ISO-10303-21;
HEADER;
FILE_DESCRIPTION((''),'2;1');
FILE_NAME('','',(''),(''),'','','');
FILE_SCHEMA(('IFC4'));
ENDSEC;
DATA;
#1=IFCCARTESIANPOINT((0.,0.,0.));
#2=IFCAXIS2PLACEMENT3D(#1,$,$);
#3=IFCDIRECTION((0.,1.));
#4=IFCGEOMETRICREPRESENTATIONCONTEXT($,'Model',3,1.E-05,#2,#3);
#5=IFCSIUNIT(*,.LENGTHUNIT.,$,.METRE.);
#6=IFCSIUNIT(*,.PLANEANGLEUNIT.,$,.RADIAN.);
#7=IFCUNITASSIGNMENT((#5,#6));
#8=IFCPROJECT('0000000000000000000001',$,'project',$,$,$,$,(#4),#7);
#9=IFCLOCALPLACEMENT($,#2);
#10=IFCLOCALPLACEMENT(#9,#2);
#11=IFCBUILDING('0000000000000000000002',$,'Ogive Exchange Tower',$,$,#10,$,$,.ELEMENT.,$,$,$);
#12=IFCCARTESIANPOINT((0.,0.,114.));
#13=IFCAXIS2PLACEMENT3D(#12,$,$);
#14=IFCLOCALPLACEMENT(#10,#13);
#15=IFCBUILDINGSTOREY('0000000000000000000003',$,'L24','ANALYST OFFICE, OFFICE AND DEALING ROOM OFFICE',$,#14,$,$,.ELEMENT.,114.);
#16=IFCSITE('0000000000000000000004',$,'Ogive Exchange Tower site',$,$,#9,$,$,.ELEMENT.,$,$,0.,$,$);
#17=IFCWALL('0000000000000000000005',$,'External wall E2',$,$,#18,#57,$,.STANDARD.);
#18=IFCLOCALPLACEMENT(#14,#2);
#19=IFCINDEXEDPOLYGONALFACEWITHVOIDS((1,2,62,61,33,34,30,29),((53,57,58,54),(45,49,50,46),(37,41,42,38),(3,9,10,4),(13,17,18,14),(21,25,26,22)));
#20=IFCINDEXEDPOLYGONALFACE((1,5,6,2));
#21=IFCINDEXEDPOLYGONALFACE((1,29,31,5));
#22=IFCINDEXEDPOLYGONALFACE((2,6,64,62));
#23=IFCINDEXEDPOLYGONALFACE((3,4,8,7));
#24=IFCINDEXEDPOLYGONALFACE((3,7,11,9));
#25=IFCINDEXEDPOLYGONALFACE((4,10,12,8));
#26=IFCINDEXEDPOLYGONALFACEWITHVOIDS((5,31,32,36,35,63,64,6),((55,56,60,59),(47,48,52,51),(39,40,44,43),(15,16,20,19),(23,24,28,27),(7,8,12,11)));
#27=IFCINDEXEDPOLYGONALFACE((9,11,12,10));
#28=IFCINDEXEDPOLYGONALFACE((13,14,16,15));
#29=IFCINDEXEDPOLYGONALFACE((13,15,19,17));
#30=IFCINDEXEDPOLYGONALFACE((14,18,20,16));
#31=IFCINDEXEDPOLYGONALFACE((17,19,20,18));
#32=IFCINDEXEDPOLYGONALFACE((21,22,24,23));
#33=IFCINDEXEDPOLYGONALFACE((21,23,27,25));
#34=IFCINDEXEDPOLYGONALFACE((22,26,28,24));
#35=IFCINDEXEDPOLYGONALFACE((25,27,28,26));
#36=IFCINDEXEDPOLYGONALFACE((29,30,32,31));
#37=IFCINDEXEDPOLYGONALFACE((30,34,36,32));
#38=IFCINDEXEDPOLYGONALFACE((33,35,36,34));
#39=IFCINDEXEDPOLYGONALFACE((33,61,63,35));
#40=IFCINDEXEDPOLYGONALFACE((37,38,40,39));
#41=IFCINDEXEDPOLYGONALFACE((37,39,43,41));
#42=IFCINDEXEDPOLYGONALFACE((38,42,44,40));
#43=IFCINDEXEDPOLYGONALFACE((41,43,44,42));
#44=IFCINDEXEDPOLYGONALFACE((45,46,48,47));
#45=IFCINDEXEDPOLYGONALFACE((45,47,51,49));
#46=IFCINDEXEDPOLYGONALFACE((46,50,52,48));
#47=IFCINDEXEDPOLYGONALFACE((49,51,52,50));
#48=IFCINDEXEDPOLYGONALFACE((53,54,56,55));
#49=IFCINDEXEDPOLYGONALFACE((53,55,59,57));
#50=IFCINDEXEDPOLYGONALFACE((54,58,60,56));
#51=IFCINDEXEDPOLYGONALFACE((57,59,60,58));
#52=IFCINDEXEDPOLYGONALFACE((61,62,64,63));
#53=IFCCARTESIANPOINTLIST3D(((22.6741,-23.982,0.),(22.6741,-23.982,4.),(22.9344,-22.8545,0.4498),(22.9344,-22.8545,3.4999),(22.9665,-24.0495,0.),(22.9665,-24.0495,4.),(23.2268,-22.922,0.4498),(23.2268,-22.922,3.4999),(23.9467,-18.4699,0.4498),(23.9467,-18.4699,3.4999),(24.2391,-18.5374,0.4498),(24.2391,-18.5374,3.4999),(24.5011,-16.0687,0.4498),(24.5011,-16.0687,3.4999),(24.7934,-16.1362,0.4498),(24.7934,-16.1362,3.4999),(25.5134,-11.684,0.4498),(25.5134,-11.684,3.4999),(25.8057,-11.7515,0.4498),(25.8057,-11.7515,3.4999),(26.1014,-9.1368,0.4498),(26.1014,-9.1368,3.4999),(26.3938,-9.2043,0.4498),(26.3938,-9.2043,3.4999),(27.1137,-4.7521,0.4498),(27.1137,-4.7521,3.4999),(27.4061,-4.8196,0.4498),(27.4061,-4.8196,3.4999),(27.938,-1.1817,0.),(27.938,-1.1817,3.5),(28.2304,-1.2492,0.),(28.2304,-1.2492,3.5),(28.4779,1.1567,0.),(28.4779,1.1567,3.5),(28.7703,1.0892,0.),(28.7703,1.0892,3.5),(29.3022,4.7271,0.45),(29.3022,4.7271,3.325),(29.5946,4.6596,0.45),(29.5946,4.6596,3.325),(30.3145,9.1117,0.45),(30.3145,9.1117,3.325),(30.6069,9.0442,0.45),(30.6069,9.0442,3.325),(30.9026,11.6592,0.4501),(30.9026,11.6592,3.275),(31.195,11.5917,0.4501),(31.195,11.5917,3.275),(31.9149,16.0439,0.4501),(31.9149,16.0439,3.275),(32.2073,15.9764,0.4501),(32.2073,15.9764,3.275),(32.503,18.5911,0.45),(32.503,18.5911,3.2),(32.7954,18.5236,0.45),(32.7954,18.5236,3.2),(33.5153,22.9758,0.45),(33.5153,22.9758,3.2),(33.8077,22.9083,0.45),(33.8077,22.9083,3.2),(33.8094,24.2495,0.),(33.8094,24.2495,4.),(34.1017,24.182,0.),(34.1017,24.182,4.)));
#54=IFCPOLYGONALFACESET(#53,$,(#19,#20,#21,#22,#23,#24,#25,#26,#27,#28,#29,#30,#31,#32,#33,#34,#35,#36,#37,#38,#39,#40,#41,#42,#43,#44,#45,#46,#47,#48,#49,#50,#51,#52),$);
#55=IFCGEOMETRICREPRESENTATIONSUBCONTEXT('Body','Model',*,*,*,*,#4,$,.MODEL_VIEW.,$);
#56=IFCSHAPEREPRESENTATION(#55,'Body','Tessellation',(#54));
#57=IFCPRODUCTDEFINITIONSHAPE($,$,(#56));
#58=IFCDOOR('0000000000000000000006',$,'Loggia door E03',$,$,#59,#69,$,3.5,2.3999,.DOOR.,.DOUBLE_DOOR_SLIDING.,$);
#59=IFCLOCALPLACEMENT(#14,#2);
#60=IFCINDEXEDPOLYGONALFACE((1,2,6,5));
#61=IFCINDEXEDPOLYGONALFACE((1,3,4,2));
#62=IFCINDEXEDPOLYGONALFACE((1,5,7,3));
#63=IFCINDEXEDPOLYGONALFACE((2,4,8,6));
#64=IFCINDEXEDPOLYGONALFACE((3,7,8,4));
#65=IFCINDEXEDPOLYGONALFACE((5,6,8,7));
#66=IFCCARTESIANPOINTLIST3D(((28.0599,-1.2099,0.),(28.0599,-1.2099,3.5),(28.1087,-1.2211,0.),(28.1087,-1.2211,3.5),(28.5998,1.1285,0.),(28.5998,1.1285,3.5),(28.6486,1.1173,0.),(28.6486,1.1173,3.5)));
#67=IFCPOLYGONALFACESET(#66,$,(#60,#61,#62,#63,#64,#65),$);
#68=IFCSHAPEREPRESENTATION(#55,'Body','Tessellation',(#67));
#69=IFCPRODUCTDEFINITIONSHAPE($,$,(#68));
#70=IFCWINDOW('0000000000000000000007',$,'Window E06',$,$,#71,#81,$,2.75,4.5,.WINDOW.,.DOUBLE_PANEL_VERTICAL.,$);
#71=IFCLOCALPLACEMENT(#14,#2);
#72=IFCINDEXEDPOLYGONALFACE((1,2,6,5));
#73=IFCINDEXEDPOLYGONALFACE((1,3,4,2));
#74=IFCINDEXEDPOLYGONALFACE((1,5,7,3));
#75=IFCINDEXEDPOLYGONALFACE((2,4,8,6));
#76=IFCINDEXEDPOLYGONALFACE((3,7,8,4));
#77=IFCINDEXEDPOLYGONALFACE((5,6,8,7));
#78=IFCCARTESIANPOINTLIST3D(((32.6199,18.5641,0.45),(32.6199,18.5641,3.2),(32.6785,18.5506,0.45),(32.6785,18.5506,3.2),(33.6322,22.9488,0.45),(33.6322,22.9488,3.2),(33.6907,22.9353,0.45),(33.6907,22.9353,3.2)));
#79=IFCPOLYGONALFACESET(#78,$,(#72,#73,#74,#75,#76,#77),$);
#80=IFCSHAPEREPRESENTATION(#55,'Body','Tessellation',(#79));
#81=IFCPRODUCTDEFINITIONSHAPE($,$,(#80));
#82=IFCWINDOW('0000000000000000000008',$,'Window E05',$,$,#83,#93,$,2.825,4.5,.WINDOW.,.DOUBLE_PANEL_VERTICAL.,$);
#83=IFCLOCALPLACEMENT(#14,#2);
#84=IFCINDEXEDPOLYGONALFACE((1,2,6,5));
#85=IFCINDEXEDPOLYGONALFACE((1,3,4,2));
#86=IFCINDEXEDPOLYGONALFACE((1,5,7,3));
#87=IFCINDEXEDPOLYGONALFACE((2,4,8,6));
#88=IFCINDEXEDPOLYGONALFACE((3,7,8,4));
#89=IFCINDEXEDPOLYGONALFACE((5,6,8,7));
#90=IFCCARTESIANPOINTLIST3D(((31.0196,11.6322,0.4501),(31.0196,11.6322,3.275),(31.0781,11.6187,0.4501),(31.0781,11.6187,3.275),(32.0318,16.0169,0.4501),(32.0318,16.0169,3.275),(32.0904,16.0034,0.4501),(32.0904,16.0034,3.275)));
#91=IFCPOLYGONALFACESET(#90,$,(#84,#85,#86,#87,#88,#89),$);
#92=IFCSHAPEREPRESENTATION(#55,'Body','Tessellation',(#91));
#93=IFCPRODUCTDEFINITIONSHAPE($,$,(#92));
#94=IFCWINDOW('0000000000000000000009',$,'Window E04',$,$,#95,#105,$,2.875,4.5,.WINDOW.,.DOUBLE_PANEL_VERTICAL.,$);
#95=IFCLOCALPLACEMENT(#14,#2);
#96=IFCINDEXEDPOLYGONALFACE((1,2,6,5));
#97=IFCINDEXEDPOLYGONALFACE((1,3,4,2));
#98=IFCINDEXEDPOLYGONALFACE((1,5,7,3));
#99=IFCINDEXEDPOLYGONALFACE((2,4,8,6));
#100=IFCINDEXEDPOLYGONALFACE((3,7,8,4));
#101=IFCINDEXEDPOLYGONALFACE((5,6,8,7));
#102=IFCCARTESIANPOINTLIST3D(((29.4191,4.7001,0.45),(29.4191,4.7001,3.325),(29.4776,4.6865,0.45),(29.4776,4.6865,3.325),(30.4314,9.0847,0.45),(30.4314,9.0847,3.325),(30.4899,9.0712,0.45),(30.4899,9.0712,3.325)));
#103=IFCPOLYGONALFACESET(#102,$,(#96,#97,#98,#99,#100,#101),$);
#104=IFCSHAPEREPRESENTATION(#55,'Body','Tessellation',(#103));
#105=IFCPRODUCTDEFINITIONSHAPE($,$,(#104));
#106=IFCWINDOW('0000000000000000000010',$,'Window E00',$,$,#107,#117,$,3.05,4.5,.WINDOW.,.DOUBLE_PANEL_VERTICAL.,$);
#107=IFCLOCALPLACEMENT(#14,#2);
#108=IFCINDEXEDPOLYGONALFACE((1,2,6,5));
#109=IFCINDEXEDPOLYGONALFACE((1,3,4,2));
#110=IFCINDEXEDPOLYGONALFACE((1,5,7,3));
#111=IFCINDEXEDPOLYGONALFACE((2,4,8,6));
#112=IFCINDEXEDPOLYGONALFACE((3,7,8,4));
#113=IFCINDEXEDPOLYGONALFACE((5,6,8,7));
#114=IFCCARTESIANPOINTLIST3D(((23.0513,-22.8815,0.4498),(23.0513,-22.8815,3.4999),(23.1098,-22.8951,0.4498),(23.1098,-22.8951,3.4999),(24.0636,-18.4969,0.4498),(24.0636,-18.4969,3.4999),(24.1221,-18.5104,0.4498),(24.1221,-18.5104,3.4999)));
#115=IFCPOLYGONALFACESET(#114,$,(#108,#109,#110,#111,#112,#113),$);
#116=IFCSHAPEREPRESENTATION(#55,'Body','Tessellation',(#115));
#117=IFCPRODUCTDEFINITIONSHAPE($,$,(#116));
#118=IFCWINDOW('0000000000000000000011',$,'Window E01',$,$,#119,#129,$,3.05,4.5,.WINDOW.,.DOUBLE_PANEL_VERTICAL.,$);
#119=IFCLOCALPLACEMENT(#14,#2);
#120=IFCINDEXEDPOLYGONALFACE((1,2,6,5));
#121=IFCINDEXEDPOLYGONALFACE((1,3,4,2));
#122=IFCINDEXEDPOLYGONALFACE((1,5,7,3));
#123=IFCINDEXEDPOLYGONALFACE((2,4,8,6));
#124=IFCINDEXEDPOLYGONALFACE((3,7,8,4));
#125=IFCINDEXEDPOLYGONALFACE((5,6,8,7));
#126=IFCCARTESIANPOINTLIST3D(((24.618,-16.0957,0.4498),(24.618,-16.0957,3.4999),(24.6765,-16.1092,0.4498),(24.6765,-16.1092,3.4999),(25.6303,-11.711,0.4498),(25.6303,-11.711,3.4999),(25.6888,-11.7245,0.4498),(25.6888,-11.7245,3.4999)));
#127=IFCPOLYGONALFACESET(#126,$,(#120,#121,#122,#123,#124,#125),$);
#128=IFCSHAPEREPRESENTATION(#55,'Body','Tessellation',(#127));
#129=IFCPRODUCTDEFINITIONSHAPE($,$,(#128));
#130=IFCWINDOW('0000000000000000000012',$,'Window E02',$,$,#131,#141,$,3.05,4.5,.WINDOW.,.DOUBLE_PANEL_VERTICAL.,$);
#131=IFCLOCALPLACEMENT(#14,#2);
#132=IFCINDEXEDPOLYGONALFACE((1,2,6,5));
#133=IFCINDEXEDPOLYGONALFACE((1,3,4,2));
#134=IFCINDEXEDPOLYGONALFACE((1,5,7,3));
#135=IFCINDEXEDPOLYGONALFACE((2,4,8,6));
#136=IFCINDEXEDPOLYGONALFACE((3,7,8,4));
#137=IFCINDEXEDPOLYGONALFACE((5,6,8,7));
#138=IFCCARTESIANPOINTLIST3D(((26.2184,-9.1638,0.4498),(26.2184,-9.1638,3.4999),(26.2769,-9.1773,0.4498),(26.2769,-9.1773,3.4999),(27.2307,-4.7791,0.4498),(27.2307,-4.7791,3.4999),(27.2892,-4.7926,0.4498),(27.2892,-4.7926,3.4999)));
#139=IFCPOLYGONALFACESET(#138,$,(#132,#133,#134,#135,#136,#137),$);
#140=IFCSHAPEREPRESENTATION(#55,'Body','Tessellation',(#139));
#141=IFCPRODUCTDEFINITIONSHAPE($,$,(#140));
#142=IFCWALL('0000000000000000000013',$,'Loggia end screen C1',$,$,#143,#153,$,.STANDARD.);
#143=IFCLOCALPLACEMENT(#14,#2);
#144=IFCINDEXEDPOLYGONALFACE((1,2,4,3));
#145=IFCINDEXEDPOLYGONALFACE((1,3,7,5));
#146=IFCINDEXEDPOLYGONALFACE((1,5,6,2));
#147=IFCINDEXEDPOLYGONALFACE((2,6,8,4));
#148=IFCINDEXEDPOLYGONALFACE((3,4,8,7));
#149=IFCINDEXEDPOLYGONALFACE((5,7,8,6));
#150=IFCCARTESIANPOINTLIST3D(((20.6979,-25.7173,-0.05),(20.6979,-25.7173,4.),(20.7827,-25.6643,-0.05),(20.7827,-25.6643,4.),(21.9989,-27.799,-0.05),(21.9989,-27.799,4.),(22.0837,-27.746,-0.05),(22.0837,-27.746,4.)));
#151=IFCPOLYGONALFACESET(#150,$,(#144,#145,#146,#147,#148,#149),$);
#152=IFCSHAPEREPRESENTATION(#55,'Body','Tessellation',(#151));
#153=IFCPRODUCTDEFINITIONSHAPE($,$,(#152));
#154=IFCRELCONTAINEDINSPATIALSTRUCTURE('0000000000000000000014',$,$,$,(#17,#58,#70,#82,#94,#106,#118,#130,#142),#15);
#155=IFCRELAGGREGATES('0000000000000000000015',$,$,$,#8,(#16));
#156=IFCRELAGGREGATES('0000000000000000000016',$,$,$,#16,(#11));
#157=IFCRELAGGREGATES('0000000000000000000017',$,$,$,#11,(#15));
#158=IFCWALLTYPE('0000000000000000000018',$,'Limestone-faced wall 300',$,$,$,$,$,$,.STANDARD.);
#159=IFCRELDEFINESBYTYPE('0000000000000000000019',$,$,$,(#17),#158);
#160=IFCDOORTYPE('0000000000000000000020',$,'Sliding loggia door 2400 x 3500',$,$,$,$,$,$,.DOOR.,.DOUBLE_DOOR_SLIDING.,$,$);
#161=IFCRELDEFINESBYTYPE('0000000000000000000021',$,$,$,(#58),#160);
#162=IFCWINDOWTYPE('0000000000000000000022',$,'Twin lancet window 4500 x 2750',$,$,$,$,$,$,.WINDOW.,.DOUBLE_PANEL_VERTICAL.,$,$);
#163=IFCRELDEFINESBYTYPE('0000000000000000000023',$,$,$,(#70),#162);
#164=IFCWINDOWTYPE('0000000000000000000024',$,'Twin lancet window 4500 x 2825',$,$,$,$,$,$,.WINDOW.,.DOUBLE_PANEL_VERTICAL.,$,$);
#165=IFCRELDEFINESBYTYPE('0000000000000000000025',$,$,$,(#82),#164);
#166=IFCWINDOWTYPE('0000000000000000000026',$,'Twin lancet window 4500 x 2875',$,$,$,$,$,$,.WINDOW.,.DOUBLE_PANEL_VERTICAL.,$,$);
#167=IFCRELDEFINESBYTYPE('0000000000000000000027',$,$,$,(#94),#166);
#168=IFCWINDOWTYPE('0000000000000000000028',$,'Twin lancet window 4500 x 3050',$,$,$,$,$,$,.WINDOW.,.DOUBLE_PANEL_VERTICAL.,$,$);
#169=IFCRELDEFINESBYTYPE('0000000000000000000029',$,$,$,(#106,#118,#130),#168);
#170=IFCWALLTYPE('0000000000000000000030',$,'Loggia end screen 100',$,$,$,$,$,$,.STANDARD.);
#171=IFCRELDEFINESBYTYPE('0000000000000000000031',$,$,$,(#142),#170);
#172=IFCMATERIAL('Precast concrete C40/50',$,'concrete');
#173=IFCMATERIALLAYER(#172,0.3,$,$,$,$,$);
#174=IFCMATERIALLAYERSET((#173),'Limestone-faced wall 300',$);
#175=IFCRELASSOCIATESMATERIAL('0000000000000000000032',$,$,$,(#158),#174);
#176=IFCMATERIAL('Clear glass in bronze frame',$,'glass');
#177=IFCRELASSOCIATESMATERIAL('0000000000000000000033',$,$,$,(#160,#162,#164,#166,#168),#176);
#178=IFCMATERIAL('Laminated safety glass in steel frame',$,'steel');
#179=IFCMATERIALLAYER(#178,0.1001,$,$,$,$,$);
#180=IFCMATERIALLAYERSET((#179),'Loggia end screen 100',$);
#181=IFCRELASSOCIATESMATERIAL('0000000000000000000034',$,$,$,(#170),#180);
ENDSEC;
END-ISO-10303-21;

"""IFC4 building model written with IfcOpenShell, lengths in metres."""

from ifc_helpers import new_model, si_unit, direction, frame, frame_2d, origin, place, context, subcontext, project, spatial, rectangle, extrude, material, layer, layer_set, type_object, element, fill, save


model = new_model("IFC4")

# Units and contexts
model_context = context("Model", 3, precision=1e-05, world=origin(), true_north=direction((0.0, 1.0)))
body_context = subcontext(model_context, "Body", "Model", "MODEL_VIEW")
ifc_project = project(units=[si_unit("LENGTHUNIT", "METRE"), si_unit("PLANEANGLEUNIT", "RADIAN")], contexts=[model_context])

# Site, building, storey
site_placement = place(None, origin())
site = spatial("IfcSite", under=ifc_project, at=site_placement, Name="Ogive Exchange Tower site", CompositionType="ELEMENT", RefElevation=0.0)
building_placement = place(site_placement, origin())
building = spatial("IfcBuilding", under=site, at=building_placement, Name="Ogive Exchange Tower", CompositionType="ELEMENT")
storey_placement = place(building_placement, frame((0.0, 0.0, 114.0)))
storey = spatial("IfcBuildingStorey", under=building, at=storey_placement, Name="L24", Description="ANALYST OFFICE, OFFICE AND DEALING ROOM OFFICE", CompositionType="ELEMENT", Elevation=114.0)

# Wall, openings, door, windows
ifc_material_1 = material(Name="Precast concrete C40/50", Category="concrete")
ifc_layer_1 = layer(ifc_material_1, 0.3)
ifc_layer_set_1 = layer_set([ifc_layer_1], Name="Limestone-faced wall 300")
wall_type_1 = type_object("IfcWallType", Name="Limestone-faced wall 300", PredefinedType="STANDARD", material=ifc_layer_set_1)
wall_1_placement = place(storey_placement, frame((22.8203, -24.0156, 0.0), z_axis=(0.0, 0.0, 1.0), x_axis=(0.224954, 0.974369, 0.0)))
wall_1 = element("IfcWall", 1, at=wall_1_placement, inside=storey, type_object=wall_type_1, Name="External wall E2", PredefinedType="STANDARD", context=body_context, shape_type="SweptSolid", body=[
    extrude(rectangle(XDim=49.5002, YDim=0.3, at=frame_2d((24.75, 0.0))), origin(), (0.0, 0.0, 1.0), 4.0),
])
opening_1_placement = place(wall_1_placement, frame((1.157, 0.0, 0.45)))
opening_1 = element("IfcOpeningElement", 2, at=opening_1_placement, cuts=wall_1, PredefinedType="OPENING", context=body_context, shape_type="SweptSolid", body=[
    extrude(rectangle(XDim=4.5, YDim=3.05, at=frame_2d((2.25, 1.5249))), frame((0.0, 0.1599, 0.0), z_axis=(0.0, -1.0, 0.0), x_axis=(1.0, 0.0, 0.0)), (0.0, 0.0, 1.0), 0.3201),
])
opening_2_placement = place(wall_1_placement, frame((8.1213, 0.0, 0.45)))
opening_2 = element("IfcOpeningElement", 3, at=opening_2_placement, cuts=wall_1, PredefinedType="OPENING", context=body_context, shape_type="SweptSolid", body=[
    extrude(rectangle(XDim=4.5, YDim=3.05, at=frame_2d((2.25, 1.5249))), frame((0.0, 0.1599, 0.0), z_axis=(0.0, -1.0, 0.0), x_axis=(1.0, 0.0, 0.0)), (0.0, 0.0, 1.0), 0.3201),
])
opening_3_placement = place(wall_1_placement, frame((15.2356, 0.0, 0.45)))
opening_3 = element("IfcOpeningElement", 4, at=opening_3_placement, cuts=wall_1, PredefinedType="OPENING", context=body_context, shape_type="SweptSolid", body=[
    extrude(rectangle(XDim=4.5, YDim=3.05, at=frame_2d((2.25, 1.5249))), frame((0.0, 0.1599, 0.0), z_axis=(0.0, -1.0, 0.0), x_axis=(1.0, 0.0, 0.0)), (0.0, 0.0, 1.0), 0.3201),
])
opening_4_placement = place(wall_1_placement, frame((23.3999, 0.0, 0.0)))
opening_4 = element("IfcOpeningElement", 5, at=opening_4_placement, cuts=wall_1, PredefinedType="OPENING", context=body_context, shape_type="SweptSolid", body=[
    extrude(rectangle(XDim=2.3999, YDim=3.5, at=frame_2d((1.2, 1.75))), frame((0.0, 0.1599, 0.0), z_axis=(0.0, -1.0, 0.0), x_axis=(1.0, 0.0, 0.0)), (0.0, 0.0, 1.0), 0.3201),
])
opening_5_placement = place(wall_1_placement, frame((29.4641, 0.0, 0.45)))
opening_5 = element("IfcOpeningElement", 6, at=opening_5_placement, cuts=wall_1, PredefinedType="OPENING", context=body_context, shape_type="SweptSolid", body=[
    extrude(rectangle(XDim=4.5, YDim=2.875, at=frame_2d((2.25, 1.4375))), frame((0.0, 0.1599, 0.0), z_axis=(0.0, -1.0, 0.0), x_axis=(1.0, 0.0, 0.0)), (0.0, 0.0, 1.0), 0.3201),
])
opening_6_placement = place(wall_1_placement, frame((36.5786, 0.0, 0.45)))
opening_6 = element("IfcOpeningElement", 7, at=opening_6_placement, cuts=wall_1, PredefinedType="OPENING", context=body_context, shape_type="SweptSolid", body=[
    extrude(rectangle(XDim=4.5, YDim=2.825, at=frame_2d((2.25, 1.4126))), frame((0.0, 0.1599, 0.0), z_axis=(0.0, -1.0, 0.0), x_axis=(1.0, 0.0, 0.0)), (0.0, 0.0, 1.0), 0.3201),
])
opening_7_placement = place(wall_1_placement, frame((43.6929, 0.0, 0.45)))
opening_7 = element("IfcOpeningElement", 8, at=opening_7_placement, cuts=wall_1, PredefinedType="OPENING", context=body_context, shape_type="SweptSolid", body=[
    extrude(rectangle(XDim=4.5, YDim=2.75, at=frame_2d((2.25, 1.375))), frame((0.0, 0.1599, 0.0), z_axis=(0.0, -1.0, 0.0), x_axis=(1.0, 0.0, 0.0)), (0.0, 0.0, 1.0), 0.3201),
])
ifc_material_2 = material(Name="Clear glass in bronze frame", Category="glass")
door_type_1 = type_object("IfcDoorType", Name="Sliding loggia door 2400 x 3500", OperationType="DOUBLE_DOOR_SLIDING", PredefinedType="DOOR", material=ifc_material_2)
door_1_placement = place(opening_4_placement, origin())
door_1 = element("IfcDoor", 9, at=door_1_placement, inside=storey, type_object=door_type_1, Name="Loggia door E03", OperationType="DOUBLE_DOOR_SLIDING", OverallHeight=3.5, OverallWidth=2.3999, PredefinedType="DOOR", context=body_context, shape_type="SweptSolid", body=[
    extrude(rectangle(XDim=2.3999, YDim=3.5, at=frame_2d((1.2, 1.75))), frame((0.0, 0.0249, 0.0), z_axis=(0.0, -1.0, 0.0), x_axis=(1.0, 0.0, 0.0)), (0.0, 0.0, 1.0), 0.05),
])
fill(opening_4, door_1)
window_type_1 = type_object("IfcWindowType", Name="Twin lancet window 4500 x 2750", PartitioningType="DOUBLE_PANEL_VERTICAL", PredefinedType="WINDOW", material=ifc_material_2)
window_1_placement = place(opening_7_placement, origin())
window_1 = element("IfcWindow", 10, at=window_1_placement, inside=storey, type_object=window_type_1, Name="Window E06", OverallHeight=2.75, OverallWidth=4.5, PartitioningType="DOUBLE_PANEL_VERTICAL", PredefinedType="WINDOW", context=body_context, shape_type="SweptSolid", body=[
    extrude(rectangle(XDim=4.5, YDim=2.75, at=frame_2d((2.25, 1.375))), frame((0.0, 0.03, 0.0), z_axis=(0.0, -1.0, 0.0), x_axis=(1.0, 0.0, 0.0)), (0.0, 0.0, 1.0), 0.0601),
])
fill(opening_7, window_1)
window_type_2 = type_object("IfcWindowType", Name="Twin lancet window 4500 x 2825", PartitioningType="DOUBLE_PANEL_VERTICAL", PredefinedType="WINDOW", material=ifc_material_2)
window_2_placement = place(opening_6_placement, origin())
window_2 = element("IfcWindow", 11, at=window_2_placement, inside=storey, type_object=window_type_2, Name="Window E05", OverallHeight=2.825, OverallWidth=4.5, PartitioningType="DOUBLE_PANEL_VERTICAL", PredefinedType="WINDOW", context=body_context, shape_type="SweptSolid", body=[
    extrude(rectangle(XDim=4.5, YDim=2.825, at=frame_2d((2.25, 1.4126))), frame((0.0, 0.03, 0.0), z_axis=(0.0, -1.0, 0.0), x_axis=(1.0, 0.0, 0.0)), (0.0, 0.0, 1.0), 0.0601),
])
fill(opening_6, window_2)
window_type_3 = type_object("IfcWindowType", Name="Twin lancet window 4500 x 2875", PartitioningType="DOUBLE_PANEL_VERTICAL", PredefinedType="WINDOW", material=ifc_material_2)
window_3_placement = place(opening_5_placement, origin())
window_3 = element("IfcWindow", 12, at=window_3_placement, inside=storey, type_object=window_type_3, Name="Window E04", OverallHeight=2.875, OverallWidth=4.5, PartitioningType="DOUBLE_PANEL_VERTICAL", PredefinedType="WINDOW", context=body_context, shape_type="SweptSolid", body=[
    extrude(rectangle(XDim=4.5, YDim=2.875, at=frame_2d((2.25, 1.4375))), frame((0.0, 0.03, 0.0), z_axis=(0.0, -1.0, 0.0), x_axis=(1.0, 0.0, 0.0)), (0.0, 0.0, 1.0), 0.0601),
])
fill(opening_5, window_3)
window_type_4 = type_object("IfcWindowType", Name="Twin lancet window 4500 x 3050", PartitioningType="DOUBLE_PANEL_VERTICAL", PredefinedType="WINDOW", material=ifc_material_2)
window_4_placement = place(opening_1_placement, origin())
window_4 = element("IfcWindow", 13, at=window_4_placement, inside=storey, type_object=window_type_4, Name="Window E00", OverallHeight=3.05, OverallWidth=4.5, PartitioningType="DOUBLE_PANEL_VERTICAL", PredefinedType="WINDOW", context=body_context, shape_type="SweptSolid", body=[
    extrude(rectangle(XDim=4.5, YDim=3.05, at=frame_2d((2.25, 1.5249))), frame((0.0, 0.03, 0.0), z_axis=(0.0, -1.0, 0.0), x_axis=(1.0, 0.0, 0.0)), (0.0, 0.0, 1.0), 0.0601),
])
fill(opening_1, window_4)
window_5_placement = place(opening_2_placement, origin())
window_5 = element("IfcWindow", 14, at=window_5_placement, inside=storey, type_object=window_type_4, Name="Window E01", OverallHeight=3.05, OverallWidth=4.5, PartitioningType="DOUBLE_PANEL_VERTICAL", PredefinedType="WINDOW", context=body_context, shape_type="SweptSolid", body=[
    extrude(rectangle(XDim=4.5, YDim=3.05, at=frame_2d((2.25, 1.5249))), frame((0.0, 0.03, 0.0), z_axis=(0.0, -1.0, 0.0), x_axis=(1.0, 0.0, 0.0)), (0.0, 0.0, 1.0), 0.0601),
])
fill(opening_2, window_5)
window_6_placement = place(opening_3_placement, origin())
window_6 = element("IfcWindow", 15, at=window_6_placement, inside=storey, type_object=window_type_4, Name="Window E02", OverallHeight=3.05, OverallWidth=4.5, PartitioningType="DOUBLE_PANEL_VERTICAL", PredefinedType="WINDOW", context=body_context, shape_type="SweptSolid", body=[
    extrude(rectangle(XDim=4.5, YDim=3.05, at=frame_2d((2.25, 1.5249))), frame((0.0, 0.03, 0.0), z_axis=(0.0, -1.0, 0.0), x_axis=(1.0, 0.0, 0.0)), (0.0, 0.0, 1.0), 0.0601),
])
fill(opening_3, window_6)

# Wall
ifc_material_3 = material(Name="Laminated safety glass in steel frame", Category="steel")
ifc_layer_2 = layer(ifc_material_3, 0.1001)
ifc_layer_set_2 = layer_set([ifc_layer_2], Name="Loggia end screen 100")
wall_type_2 = type_object("IfcWallType", Name="Loggia end screen 100", PredefinedType="STANDARD", material=ifc_layer_set_2)
wall_2_placement = place(storey_placement, frame((20.7402, -25.6907, -0.05), z_axis=(0.0, 0.0, 1.0), x_axis=(0.529972, -0.848015, 0.0)))
element("IfcWall", 16, at=wall_2_placement, inside=storey, type_object=wall_type_2, Name="Loggia end screen C1", PredefinedType="STANDARD", context=body_context, shape_type="SweptSolid", body=[
    extrude(rectangle(XDim=2.4548, YDim=0.1001, at=frame_2d((1.2275, 0.0))), origin(), (0.0, 0.0, 1.0), 4.05),
])

save(model, "model.ifc")
